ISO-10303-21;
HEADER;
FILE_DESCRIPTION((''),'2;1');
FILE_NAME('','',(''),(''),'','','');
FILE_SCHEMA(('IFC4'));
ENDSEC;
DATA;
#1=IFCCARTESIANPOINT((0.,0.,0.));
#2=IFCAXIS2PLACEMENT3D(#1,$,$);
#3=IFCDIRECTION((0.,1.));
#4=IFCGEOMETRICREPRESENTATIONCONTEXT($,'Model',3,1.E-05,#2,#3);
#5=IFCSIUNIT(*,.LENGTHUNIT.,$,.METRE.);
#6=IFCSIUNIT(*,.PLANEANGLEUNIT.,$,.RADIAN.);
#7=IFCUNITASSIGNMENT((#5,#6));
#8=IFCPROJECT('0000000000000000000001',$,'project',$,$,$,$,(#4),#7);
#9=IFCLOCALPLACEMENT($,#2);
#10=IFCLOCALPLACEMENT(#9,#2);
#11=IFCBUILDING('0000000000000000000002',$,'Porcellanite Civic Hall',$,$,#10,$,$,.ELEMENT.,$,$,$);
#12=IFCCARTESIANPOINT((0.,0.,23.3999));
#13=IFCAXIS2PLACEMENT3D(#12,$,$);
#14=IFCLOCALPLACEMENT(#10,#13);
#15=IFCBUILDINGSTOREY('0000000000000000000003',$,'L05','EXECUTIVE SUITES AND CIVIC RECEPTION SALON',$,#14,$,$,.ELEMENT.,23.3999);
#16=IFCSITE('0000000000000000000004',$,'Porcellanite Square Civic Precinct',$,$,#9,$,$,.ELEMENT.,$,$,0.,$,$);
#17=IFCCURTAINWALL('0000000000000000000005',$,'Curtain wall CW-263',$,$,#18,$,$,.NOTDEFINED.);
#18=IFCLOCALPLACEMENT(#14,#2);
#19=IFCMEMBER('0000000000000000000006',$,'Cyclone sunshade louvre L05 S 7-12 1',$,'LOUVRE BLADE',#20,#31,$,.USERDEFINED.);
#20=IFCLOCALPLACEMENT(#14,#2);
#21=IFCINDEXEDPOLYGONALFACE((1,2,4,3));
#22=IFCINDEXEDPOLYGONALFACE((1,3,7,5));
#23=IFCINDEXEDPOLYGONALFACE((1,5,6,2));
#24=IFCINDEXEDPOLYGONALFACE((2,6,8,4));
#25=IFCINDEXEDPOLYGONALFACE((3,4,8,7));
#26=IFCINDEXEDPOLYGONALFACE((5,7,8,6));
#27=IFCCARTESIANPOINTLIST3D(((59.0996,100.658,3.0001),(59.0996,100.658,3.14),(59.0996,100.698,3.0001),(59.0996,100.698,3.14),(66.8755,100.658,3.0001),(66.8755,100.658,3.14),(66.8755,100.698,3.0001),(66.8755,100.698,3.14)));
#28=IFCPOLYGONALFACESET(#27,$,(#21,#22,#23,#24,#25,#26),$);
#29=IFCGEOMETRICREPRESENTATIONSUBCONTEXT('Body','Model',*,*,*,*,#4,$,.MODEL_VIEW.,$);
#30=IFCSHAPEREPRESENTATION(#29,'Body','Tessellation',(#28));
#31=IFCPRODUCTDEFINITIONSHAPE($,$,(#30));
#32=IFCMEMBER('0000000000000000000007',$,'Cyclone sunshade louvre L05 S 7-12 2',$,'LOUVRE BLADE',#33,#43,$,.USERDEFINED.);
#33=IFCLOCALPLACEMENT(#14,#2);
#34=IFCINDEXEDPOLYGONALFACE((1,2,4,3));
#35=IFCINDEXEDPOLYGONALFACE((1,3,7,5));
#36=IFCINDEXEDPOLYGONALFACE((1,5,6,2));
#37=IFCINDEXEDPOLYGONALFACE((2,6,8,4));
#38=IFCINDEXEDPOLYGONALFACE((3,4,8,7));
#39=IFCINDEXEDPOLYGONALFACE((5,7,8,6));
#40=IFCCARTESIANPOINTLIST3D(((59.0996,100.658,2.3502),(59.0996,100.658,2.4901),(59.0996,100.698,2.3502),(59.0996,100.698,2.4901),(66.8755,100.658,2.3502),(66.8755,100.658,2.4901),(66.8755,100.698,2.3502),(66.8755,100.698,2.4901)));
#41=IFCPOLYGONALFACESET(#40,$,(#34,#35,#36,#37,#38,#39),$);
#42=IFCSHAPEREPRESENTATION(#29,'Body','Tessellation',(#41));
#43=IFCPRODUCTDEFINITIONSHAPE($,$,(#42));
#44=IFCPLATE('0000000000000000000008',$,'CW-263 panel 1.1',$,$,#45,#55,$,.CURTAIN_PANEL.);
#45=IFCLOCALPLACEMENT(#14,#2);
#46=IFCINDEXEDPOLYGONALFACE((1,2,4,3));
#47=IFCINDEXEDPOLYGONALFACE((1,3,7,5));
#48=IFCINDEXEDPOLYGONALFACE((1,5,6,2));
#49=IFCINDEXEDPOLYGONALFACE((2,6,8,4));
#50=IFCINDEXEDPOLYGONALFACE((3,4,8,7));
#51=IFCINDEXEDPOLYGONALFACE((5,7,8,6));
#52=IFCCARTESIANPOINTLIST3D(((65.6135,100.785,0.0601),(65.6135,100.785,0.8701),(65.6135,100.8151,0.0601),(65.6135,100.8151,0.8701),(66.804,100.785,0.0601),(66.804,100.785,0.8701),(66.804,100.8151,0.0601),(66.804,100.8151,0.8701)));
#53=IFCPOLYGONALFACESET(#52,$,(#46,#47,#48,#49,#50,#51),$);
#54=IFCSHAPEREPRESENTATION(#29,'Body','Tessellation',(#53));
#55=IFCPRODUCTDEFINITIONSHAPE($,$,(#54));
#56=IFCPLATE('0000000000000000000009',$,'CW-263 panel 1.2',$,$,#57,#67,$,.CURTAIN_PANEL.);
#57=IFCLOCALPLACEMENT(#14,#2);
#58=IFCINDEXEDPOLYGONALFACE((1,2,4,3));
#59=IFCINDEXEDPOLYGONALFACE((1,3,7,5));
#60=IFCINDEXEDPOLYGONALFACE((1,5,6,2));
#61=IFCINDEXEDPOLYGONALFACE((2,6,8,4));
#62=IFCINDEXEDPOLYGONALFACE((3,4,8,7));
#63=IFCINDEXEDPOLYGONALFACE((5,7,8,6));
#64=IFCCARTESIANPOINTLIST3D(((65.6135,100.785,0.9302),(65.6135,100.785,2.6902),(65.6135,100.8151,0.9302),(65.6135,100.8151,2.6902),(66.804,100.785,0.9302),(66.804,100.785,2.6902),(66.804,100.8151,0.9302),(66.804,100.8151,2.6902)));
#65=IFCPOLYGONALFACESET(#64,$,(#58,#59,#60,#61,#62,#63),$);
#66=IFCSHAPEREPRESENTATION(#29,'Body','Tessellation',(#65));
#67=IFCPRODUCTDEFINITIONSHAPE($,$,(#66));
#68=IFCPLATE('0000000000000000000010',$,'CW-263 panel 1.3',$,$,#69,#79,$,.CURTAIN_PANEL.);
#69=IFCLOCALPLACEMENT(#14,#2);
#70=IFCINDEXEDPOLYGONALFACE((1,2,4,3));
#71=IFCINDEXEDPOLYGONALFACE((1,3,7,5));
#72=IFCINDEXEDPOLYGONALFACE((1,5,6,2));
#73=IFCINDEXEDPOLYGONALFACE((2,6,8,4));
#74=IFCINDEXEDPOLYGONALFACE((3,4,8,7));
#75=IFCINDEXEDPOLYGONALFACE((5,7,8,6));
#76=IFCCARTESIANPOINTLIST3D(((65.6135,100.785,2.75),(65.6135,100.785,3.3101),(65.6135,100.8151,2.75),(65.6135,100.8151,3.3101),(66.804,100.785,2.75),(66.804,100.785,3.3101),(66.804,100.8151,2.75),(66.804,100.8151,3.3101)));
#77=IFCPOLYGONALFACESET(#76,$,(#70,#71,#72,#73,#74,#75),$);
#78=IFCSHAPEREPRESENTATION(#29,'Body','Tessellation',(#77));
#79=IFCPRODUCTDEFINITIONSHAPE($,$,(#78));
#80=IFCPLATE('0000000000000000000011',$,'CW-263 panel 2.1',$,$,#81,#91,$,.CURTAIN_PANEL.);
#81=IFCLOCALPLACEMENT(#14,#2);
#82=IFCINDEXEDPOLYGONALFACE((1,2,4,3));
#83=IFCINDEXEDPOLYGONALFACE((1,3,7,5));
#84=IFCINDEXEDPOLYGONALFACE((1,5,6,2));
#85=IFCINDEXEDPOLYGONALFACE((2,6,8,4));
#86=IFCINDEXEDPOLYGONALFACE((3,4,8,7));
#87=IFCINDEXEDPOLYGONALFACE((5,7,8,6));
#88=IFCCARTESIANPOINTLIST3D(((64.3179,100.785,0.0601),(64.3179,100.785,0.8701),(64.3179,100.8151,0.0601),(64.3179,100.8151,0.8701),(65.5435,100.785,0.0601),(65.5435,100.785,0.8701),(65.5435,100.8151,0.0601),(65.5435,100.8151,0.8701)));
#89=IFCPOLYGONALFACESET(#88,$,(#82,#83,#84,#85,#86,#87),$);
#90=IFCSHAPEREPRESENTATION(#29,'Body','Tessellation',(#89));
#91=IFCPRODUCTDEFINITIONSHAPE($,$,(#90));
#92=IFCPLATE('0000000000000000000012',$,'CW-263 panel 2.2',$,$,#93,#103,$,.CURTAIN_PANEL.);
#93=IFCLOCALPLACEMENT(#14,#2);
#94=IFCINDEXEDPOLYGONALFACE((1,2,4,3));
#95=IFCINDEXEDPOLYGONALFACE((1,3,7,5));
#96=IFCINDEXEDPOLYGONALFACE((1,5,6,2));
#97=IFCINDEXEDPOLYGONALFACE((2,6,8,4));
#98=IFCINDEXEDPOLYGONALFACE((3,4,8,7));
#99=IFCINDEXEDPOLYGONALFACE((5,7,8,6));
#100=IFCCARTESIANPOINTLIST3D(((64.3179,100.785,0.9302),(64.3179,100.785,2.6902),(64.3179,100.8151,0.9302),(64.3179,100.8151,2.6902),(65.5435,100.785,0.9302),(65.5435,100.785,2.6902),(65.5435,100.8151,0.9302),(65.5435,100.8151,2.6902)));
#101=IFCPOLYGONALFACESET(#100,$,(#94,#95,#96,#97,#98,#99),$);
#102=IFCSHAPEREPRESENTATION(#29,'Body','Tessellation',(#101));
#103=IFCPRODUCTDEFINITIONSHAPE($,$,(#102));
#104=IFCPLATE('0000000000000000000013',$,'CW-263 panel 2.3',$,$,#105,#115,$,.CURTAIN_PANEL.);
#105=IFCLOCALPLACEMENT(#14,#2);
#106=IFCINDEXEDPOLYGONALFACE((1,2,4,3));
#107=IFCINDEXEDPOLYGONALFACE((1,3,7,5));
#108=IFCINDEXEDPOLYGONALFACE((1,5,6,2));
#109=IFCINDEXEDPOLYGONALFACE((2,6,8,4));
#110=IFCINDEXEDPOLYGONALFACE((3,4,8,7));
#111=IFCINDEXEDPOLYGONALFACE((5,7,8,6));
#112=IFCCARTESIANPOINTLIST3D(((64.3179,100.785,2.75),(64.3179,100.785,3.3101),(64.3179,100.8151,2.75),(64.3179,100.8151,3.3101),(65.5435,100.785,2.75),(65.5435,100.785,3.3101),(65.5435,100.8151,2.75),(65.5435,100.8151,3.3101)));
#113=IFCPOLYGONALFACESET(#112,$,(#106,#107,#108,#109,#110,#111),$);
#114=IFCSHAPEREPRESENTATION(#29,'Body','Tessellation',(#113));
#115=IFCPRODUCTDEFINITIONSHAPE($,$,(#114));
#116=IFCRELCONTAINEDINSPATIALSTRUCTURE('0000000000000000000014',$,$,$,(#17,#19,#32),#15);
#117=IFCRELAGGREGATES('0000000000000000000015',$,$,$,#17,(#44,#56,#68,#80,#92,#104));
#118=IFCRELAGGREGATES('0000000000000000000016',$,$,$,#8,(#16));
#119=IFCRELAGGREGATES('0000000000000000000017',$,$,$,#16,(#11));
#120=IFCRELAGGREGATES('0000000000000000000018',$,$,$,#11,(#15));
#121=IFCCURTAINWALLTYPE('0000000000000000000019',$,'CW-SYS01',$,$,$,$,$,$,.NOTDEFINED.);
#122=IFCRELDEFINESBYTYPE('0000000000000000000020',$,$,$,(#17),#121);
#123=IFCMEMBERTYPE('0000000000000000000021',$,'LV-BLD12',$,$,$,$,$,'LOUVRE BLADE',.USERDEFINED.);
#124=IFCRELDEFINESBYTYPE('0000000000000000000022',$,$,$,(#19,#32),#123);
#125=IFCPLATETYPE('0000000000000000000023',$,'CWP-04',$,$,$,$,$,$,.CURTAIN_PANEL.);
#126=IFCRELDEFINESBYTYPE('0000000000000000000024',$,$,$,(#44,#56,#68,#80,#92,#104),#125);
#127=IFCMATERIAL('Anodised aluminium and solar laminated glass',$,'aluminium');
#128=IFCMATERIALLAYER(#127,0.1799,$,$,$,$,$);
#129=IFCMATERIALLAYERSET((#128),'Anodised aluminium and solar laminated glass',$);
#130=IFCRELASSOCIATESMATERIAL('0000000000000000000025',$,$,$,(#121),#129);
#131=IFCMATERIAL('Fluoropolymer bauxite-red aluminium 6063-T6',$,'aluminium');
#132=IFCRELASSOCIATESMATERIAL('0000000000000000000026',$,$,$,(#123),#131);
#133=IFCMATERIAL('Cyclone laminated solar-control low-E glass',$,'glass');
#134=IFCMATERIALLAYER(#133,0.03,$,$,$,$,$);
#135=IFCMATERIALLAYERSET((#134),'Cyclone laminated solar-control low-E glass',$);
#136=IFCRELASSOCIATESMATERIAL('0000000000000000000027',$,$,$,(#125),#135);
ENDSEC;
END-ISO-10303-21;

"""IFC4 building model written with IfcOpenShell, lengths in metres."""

from ifc_helpers import new_model, si_unit, direction, frame, origin, origin_2d, place, context, subcontext, project, spatial, rectangle, extrude, material, layer, layer_set, material_profile, profile_set, type_object, element, aggregate, save


model = new_model("IFC4")

# Units and contexts
model_context = context("Model", 3, precision=1e-05, world=origin(), true_north=direction((0.0, 1.0)))
body_context = subcontext(model_context, "Body", "Model", "MODEL_VIEW")
ifc_project = project(units=[si_unit("LENGTHUNIT", "METRE"), si_unit("PLANEANGLEUNIT", "RADIAN")], contexts=[model_context])

# Site, building, storey
site_placement = place(None, origin())
site = spatial("IfcSite", under=ifc_project, at=site_placement, Name="Porcellanite Square Civic Precinct", CompositionType="ELEMENT", RefElevation=0.0)
building_placement = place(site_placement, origin())
building = spatial("IfcBuilding", under=site, at=building_placement, Name="Porcellanite Civic Hall", CompositionType="ELEMENT")
storey_placement = place(building_placement, frame((0.0, 0.0, 23.3999)))
storey = spatial("IfcBuildingStorey", under=building, at=storey_placement, Name="L05", Description="EXECUTIVE SUITES AND CIVIC RECEPTION SALON", CompositionType="ELEMENT", Elevation=23.3999)

# Curtain wall
ifc_material_1 = material(Name="Anodised aluminium and solar laminated glass", Category="aluminium")
ifc_layer_1 = layer(ifc_material_1, 0.1799)
ifc_layer_set_1 = layer_set([ifc_layer_1], Name="Anodised aluminium and solar laminated glass")
curtain_wall_type = type_object("IfcCurtainWallType", Name="CW-SYS01", PredefinedType="NOTDEFINED", material=ifc_layer_set_1)
curtain_wall_placement = place(storey_placement, origin())
curtain_wall = element("IfcCurtainWall", 1, at=curtain_wall_placement, inside=storey, type_object=curtain_wall_type, Name="Curtain wall CW-263", PredefinedType="NOTDEFINED")

# Members
ifc_material_2 = material(Name="Fluoropolymer bauxite-red aluminium 6063-T6", Category="aluminium")
ifc_material_profile_1 = material_profile(ifc_material_2, rectangle(XDim=0.04, YDim=0.1399, at=origin_2d()), Name="AL-40x140")
ifc_profile_set_1 = profile_set([ifc_material_profile_1], Name="Fluoropolymer bauxite-red aluminium 6063-T6")
member_type_1 = type_object("IfcMemberType", Name="LV-BLD12", ElementType="LOUVRE BLADE", PredefinedType="USERDEFINED", material=ifc_profile_set_1)
for number, where, z_axis, x_axis, name in (
    (2, (66.8755, 100.678, 3.0701), (-1.0, 0.0, 0.0), (0.0, -1.0, 0.0), "Cyclone sunshade louvre L05 S 7-12 1"),
    (3, (66.8755, 100.678, 2.4202), (-1.0, 0.0, 0.0), (0.0, -1.0, 0.0), "Cyclone sunshade louvre L05 S 7-12 2"),
):
    element("IfcMember", number, at=place(storey_placement, frame(where, z_axis=z_axis, x_axis=x_axis)), inside=storey, type_object=member_type_1, Name=name, ObjectType="LOUVRE BLADE", PredefinedType="USERDEFINED", context=body_context, shape_type="SweptSolid", body=[
        extrude(rectangle(XDim=0.04, YDim=0.1399, at=origin_2d()), origin(), (0.0, 0.0, 1.0), 7.7759),
    ])

# Plates
ifc_material_3 = material(Name="Cyclone laminated solar-control low-E glass", Category="glass")
ifc_layer_2 = layer(ifc_material_3, 0.03)
ifc_layer_set_2 = layer_set([ifc_layer_2], Name="Cyclone laminated solar-control low-E glass")
plate_type = type_object("IfcPlateType", Name="CWP-04", PredefinedType="CURTAIN_PANEL", material=ifc_layer_set_2)
plate_1_placement = place(storey_placement, frame((66.2087, 100.8, 0.0601), z_axis=(0.0, 0.0, 1.0), x_axis=(-1.0, 0.0, 0.0)))
plate_1 = element("IfcPlate", 4, at=plate_1_placement, type_object=plate_type, Name="CW-263 panel 1.1", PredefinedType="CURTAIN_PANEL", context=body_context, shape_type="SweptSolid", body=[
    extrude(rectangle(XDim=1.1904, YDim=0.03, at=origin_2d()), origin(), (0.0, 0.0, 1.0), 0.8101),
])
plate_2_placement = place(storey_placement, frame((66.2087, 100.8, 0.9302), z_axis=(0.0, 0.0, 1.0), x_axis=(-1.0, 0.0, 0.0)))
plate_2 = element("IfcPlate", 5, at=plate_2_placement, type_object=plate_type, Name="CW-263 panel 1.2", PredefinedType="CURTAIN_PANEL", context=body_context, shape_type="SweptSolid", body=[
    extrude(rectangle(XDim=1.1904, YDim=0.03, at=origin_2d()), origin(), (0.0, 0.0, 1.0), 1.76),
])
plate_3_placement = place(storey_placement, frame((66.2087, 100.8, 2.75), z_axis=(0.0, 0.0, 1.0), x_axis=(-1.0, 0.0, 0.0)))
plate_3 = element("IfcPlate", 6, at=plate_3_placement, type_object=plate_type, Name="CW-263 panel 1.3", PredefinedType="CURTAIN_PANEL", context=body_context, shape_type="SweptSolid", body=[
    extrude(rectangle(XDim=1.1904, YDim=0.03, at=origin_2d()), origin(), (0.0, 0.0, 1.0), 0.5601),
])
plate_4_placement = place(storey_placement, frame((64.9307, 100.8, 0.0601), z_axis=(0.0, 0.0, 1.0), x_axis=(-1.0, 0.0, 0.0)))
plate_4 = element("IfcPlate", 7, at=plate_4_placement, type_object=plate_type, Name="CW-263 panel 2.1", PredefinedType="CURTAIN_PANEL", context=body_context, shape_type="SweptSolid", body=[
    extrude(rectangle(XDim=1.2256, YDim=0.03, at=origin_2d()), origin(), (0.0, 0.0, 1.0), 0.8101),
])
plate_5_placement = place(storey_placement, frame((64.9307, 100.8, 0.9302), z_axis=(0.0, 0.0, 1.0), x_axis=(-1.0, 0.0, 0.0)))
plate_5 = element("IfcPlate", 8, at=plate_5_placement, type_object=plate_type, Name="CW-263 panel 2.2", PredefinedType="CURTAIN_PANEL", context=body_context, shape_type="SweptSolid", body=[
    extrude(rectangle(XDim=1.2256, YDim=0.03, at=origin_2d()), origin(), (0.0, 0.0, 1.0), 1.76),
])
plate_6_placement = place(storey_placement, frame((64.9307, 100.8, 2.75), z_axis=(0.0, 0.0, 1.0), x_axis=(-1.0, 0.0, 0.0)))
plate_6 = element("IfcPlate", 9, at=plate_6_placement, type_object=plate_type, Name="CW-263 panel 2.3", PredefinedType="CURTAIN_PANEL", context=body_context, shape_type="SweptSolid", body=[
    extrude(rectangle(XDim=1.2256, YDim=0.03, at=origin_2d()), origin(), (0.0, 0.0, 1.0), 0.5601),
])
aggregate(curtain_wall, [plate_1, plate_2, plate_3, plate_4, plate_5, plate_6])

save(model, "model.ifc")
